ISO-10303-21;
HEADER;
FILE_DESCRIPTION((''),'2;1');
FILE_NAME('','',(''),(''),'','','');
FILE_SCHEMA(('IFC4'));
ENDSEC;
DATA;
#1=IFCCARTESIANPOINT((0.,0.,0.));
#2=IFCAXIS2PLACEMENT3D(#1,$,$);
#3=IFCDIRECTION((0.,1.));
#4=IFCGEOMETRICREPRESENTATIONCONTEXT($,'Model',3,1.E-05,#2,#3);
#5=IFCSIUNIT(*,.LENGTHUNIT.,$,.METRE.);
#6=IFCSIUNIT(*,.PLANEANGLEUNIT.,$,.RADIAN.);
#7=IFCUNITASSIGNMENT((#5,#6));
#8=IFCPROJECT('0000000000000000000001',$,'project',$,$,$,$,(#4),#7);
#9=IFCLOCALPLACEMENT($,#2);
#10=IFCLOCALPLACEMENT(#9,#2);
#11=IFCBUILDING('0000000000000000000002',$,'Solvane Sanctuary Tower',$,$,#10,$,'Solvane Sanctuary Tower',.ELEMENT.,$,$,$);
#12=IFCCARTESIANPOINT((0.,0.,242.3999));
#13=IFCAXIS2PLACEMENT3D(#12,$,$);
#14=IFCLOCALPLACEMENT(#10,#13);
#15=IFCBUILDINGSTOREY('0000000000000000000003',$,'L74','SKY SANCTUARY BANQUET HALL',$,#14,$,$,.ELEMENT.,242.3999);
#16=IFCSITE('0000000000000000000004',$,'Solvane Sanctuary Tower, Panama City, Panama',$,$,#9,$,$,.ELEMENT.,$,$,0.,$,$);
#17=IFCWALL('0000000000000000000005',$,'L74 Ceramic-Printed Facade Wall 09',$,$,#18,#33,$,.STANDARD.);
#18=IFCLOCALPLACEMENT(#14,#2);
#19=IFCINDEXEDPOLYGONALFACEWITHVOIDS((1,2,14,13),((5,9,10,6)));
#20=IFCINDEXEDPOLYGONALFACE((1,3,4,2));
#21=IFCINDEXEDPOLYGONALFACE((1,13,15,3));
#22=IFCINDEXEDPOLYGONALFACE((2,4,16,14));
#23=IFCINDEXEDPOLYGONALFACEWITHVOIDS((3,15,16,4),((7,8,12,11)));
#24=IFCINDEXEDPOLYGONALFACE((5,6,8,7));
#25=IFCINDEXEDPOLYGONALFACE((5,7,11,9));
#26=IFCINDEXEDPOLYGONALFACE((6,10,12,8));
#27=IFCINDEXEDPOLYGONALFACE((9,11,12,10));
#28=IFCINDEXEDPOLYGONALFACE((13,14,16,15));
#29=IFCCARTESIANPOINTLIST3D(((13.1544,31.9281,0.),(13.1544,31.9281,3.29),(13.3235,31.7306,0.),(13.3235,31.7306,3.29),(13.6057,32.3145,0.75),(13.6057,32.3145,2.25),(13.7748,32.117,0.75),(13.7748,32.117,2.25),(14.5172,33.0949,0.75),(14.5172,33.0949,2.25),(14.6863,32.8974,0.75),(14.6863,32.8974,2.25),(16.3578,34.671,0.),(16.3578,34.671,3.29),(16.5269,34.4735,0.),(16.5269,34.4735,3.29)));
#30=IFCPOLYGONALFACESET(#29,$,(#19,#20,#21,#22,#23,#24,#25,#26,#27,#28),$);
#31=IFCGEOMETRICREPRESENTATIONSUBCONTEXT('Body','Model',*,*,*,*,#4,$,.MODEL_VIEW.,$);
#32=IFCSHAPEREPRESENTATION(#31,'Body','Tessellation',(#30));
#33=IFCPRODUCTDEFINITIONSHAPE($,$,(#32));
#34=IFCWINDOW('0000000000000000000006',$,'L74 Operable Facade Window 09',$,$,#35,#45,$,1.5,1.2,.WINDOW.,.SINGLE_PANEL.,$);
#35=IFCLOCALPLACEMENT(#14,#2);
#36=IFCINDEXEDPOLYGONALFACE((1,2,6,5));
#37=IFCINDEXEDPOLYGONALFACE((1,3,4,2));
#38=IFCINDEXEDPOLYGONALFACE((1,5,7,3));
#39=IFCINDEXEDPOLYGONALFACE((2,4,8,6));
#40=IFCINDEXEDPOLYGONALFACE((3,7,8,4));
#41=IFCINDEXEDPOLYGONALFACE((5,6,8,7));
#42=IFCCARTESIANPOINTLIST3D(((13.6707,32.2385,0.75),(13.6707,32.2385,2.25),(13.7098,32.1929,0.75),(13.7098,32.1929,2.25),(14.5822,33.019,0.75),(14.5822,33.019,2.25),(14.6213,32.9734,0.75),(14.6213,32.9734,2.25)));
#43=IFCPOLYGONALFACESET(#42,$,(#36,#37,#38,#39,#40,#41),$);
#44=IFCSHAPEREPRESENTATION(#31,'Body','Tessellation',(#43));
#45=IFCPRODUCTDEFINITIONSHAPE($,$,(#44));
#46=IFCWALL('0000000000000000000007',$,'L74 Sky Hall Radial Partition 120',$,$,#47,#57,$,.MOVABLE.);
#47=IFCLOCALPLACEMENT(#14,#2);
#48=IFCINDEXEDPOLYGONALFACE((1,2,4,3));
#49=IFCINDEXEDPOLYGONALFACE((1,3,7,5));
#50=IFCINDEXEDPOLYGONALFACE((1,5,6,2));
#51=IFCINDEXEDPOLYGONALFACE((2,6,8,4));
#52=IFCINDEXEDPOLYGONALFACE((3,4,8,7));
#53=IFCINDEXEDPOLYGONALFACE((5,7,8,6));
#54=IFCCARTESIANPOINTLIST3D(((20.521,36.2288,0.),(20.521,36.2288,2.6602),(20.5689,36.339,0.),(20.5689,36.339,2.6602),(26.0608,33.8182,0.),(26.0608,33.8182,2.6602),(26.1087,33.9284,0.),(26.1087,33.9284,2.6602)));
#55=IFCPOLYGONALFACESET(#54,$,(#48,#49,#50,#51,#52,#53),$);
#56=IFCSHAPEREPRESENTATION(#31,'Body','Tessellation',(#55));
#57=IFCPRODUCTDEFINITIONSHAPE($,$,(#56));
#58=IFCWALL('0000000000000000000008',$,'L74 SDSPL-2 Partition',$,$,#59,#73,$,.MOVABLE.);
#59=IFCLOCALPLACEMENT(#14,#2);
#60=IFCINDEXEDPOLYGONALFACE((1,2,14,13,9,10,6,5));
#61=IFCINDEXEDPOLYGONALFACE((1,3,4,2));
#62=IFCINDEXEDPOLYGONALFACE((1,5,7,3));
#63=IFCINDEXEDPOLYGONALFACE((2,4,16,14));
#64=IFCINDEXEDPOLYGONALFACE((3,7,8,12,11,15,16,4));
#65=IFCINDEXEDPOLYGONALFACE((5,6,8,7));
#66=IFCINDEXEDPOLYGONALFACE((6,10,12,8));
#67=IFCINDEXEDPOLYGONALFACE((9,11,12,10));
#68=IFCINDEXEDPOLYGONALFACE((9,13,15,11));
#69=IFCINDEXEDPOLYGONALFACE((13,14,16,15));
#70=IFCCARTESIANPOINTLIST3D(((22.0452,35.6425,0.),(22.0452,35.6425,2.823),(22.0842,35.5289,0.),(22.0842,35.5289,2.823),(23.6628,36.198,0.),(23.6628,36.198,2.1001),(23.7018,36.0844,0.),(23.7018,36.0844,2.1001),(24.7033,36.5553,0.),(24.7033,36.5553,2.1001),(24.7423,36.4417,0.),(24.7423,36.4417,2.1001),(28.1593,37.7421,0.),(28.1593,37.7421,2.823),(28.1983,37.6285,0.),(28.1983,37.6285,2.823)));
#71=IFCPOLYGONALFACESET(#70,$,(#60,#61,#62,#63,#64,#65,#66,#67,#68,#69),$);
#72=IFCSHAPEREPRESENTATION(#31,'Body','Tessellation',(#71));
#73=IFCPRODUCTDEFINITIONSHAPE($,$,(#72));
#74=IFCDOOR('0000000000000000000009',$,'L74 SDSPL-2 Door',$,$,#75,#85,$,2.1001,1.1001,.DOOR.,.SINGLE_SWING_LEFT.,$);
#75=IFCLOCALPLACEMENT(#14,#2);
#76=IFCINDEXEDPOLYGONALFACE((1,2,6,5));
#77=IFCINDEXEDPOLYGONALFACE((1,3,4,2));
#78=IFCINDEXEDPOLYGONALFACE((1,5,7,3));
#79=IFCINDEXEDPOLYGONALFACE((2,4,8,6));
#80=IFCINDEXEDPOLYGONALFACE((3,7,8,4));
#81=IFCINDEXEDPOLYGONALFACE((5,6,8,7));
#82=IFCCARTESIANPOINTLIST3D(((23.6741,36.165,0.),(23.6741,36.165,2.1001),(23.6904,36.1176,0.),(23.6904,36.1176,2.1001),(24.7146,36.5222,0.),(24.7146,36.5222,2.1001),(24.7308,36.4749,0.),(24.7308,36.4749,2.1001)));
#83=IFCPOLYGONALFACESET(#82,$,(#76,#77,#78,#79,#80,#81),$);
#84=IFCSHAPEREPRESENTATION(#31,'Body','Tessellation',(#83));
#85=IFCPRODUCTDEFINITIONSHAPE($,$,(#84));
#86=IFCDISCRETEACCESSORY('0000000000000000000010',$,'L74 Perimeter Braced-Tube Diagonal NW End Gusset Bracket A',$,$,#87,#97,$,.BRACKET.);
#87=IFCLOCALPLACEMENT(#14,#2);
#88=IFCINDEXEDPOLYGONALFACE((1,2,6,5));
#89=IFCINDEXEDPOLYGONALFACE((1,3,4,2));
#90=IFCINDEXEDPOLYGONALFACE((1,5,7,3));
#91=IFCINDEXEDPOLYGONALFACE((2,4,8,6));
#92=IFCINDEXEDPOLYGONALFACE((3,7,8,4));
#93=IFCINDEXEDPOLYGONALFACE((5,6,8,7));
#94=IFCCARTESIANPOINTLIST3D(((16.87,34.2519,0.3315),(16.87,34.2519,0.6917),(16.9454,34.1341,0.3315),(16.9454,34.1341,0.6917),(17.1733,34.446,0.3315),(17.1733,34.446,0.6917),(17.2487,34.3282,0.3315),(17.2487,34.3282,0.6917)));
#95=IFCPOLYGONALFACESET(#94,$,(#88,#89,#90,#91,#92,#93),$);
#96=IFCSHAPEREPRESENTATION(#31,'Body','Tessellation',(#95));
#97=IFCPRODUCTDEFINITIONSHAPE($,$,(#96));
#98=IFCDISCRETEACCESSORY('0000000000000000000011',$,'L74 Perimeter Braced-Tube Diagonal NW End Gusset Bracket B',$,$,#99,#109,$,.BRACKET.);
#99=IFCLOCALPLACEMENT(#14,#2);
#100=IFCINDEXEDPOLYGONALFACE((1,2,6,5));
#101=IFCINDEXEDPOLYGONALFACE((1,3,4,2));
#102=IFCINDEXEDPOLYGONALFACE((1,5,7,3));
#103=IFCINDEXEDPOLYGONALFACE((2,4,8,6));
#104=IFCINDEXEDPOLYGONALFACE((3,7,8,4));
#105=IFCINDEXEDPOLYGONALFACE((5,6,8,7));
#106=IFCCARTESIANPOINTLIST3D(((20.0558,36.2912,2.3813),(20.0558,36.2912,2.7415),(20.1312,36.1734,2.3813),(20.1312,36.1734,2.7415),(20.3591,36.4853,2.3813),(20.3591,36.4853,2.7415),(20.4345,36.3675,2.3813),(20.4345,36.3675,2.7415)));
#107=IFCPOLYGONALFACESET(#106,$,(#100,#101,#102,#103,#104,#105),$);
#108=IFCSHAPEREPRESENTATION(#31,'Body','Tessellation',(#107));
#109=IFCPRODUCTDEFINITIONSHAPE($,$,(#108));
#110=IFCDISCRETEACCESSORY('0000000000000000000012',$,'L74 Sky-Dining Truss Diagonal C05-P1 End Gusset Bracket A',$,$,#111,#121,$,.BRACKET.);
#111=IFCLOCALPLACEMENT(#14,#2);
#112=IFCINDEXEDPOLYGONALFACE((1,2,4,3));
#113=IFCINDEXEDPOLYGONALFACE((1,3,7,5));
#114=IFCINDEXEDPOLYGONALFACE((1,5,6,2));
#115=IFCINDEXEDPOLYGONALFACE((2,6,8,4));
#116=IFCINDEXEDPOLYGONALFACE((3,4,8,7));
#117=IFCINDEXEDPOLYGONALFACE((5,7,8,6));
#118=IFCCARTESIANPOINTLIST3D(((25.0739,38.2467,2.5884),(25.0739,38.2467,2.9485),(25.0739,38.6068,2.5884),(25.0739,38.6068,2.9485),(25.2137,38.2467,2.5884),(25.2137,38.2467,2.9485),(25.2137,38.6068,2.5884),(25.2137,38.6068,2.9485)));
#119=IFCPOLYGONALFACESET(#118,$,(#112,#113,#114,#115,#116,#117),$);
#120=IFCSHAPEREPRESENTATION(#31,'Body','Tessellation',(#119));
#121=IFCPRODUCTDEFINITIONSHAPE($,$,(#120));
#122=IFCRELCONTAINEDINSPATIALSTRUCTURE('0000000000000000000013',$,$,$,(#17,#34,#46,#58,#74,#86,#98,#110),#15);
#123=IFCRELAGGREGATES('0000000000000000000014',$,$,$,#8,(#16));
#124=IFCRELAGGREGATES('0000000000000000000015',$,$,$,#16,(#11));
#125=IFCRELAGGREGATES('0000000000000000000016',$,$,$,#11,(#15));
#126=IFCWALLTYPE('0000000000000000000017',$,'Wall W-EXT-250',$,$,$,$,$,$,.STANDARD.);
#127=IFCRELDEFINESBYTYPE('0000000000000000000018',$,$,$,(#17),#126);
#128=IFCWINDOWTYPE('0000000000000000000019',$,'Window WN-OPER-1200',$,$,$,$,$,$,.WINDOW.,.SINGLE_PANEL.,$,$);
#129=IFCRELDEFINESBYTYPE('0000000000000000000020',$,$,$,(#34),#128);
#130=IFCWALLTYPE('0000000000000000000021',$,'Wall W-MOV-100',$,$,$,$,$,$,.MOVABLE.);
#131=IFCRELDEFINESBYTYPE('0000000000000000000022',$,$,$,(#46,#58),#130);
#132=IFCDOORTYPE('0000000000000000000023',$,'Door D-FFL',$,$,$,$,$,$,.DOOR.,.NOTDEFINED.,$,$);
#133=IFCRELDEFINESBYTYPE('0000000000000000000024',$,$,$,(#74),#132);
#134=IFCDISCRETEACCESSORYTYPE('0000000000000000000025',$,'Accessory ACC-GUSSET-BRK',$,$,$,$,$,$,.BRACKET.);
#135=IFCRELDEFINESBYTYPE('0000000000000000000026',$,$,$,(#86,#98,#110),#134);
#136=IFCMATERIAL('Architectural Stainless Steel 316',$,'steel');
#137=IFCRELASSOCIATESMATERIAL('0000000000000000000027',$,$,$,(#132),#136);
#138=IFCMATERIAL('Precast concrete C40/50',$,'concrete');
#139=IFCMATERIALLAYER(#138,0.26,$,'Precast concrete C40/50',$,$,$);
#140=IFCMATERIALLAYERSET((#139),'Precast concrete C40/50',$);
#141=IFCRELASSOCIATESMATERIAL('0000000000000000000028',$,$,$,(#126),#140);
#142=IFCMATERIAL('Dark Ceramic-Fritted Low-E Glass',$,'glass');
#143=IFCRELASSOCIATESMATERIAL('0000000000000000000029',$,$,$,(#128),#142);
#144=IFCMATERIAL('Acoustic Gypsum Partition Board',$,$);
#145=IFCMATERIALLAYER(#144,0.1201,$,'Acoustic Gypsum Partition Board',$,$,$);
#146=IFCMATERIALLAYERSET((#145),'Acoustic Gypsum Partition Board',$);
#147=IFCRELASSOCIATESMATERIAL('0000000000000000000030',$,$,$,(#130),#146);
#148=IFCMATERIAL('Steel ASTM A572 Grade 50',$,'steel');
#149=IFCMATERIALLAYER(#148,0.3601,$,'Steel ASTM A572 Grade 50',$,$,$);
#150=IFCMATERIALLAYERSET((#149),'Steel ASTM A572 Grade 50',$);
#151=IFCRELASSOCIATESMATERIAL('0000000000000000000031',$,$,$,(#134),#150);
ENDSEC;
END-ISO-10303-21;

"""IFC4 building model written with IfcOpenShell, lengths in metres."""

from ifc_helpers import new_model, si_unit, direction, frame, frame_2d, origin, origin_2d, place, context, subcontext, project, spatial, rectangle, extrude, material, layer, layer_set, type_object, element, fill, save


model = new_model("IFC4")

# Units and contexts
model_context = context("Model", 3, precision=1e-05, world=origin(), true_north=direction((0.0, 1.0)))
body_context = subcontext(model_context, "Body", "Model", "MODEL_VIEW")
ifc_project = project(units=[si_unit("LENGTHUNIT", "METRE"), si_unit("PLANEANGLEUNIT", "RADIAN")], contexts=[model_context])

# Site, building, storey
site_placement = place(None, origin())
site = spatial("IfcSite", under=ifc_project, at=site_placement, Name="Solvane Sanctuary Tower, Panama City, Panama", CompositionType="ELEMENT", RefElevation=0.0)
building_placement = place(site_placement, origin())
building = spatial("IfcBuilding", under=site, at=building_placement, Name="Solvane Sanctuary Tower", LongName="Solvane Sanctuary Tower", CompositionType="ELEMENT")
storey_placement = place(building_placement, frame((0.0, 0.0, 242.3999)))
storey = spatial("IfcBuildingStorey", under=building, at=storey_placement, Name="L74", Description="SKY SANCTUARY BANQUET HALL", CompositionType="ELEMENT", Elevation=242.3999)

# Shared definitions
ifc_material_1 = material(Name="Acoustic Gypsum Partition Board")

# Shared definitions
ifc_material_2 = material(Name="Architectural Stainless Steel 316", Category="steel")
door_type_1 = type_object("IfcDoorType", Name="Door D-FFL", OperationType="NOTDEFINED", PredefinedType="DOOR", material=ifc_material_2)

# Shared definitions
ifc_material_3 = material(Name="Precast concrete C40/50", Category="concrete")
ifc_layer_1 = layer(ifc_material_3, 0.26, Name="Precast concrete C40/50")
ifc_layer_set_1 = layer_set([ifc_layer_1], Name="Precast concrete C40/50")
wall_type_1 = type_object("IfcWallType", Name="Wall W-EXT-250", PredefinedType="STANDARD", material=ifc_layer_set_1)

# Wall, opening, window
wall_1_placement = place(storey_placement, frame((16.4424, 34.5723, 0.0), z_axis=(0.0, 0.0, 1.0), x_axis=(-0.759588, -0.650405, 0.0)))
wall_1 = element("IfcWall", 1, at=wall_1_placement, inside=storey, type_object=wall_type_1, Name="L74 Ceramic-Printed Facade Wall 09", PredefinedType="STANDARD", context=body_context, shape_type="SweptSolid", body=[
    extrude(rectangle(XDim=4.2173, YDim=0.26, at=frame_2d((2.1086, 0.0))), origin(), (0.0, 0.0, 1.0), 3.29),
])
opening_1_placement = place(wall_1_placement, frame((2.4231, 0.0, 0.75)))
opening_1 = element("IfcOpeningElement", 2, at=opening_1_placement, cuts=wall_1, PredefinedType="OPENING", context=body_context, shape_type="SweptSolid", body=[
    extrude(rectangle(XDim=1.2, YDim=1.5, at=frame_2d((0.6001, 0.75))), frame((0.0, 0.1399, 0.0), z_axis=(0.0, -1.0, 0.0), x_axis=(1.0, 0.0, 0.0)), (0.0, 0.0, 1.0), 0.28),
])
ifc_material_4 = material(Name="Dark Ceramic-Fritted Low-E Glass", Category="glass")
window_type = type_object("IfcWindowType", Name="Window WN-OPER-1200", PartitioningType="SINGLE_PANEL", PredefinedType="WINDOW", material=ifc_material_4)
window_placement = place(opening_1_placement, origin())
window = element("IfcWindow", 3, at=window_placement, inside=storey, type_object=window_type, Name="L74 Operable Facade Window 09", OverallHeight=1.5, OverallWidth=1.2, PartitioningType="SINGLE_PANEL", PredefinedType="WINDOW", context=body_context, shape_type="SweptSolid", body=[
    extrude(rectangle(XDim=1.2, YDim=1.5, at=frame_2d((0.6001, 0.75))), frame((0.0, 0.03, 0.0), z_axis=(0.0, -1.0, 0.0), x_axis=(1.0, 0.0, 0.0)), (0.0, 0.0, 1.0), 0.0601),
])
fill(opening_1, window)

# Wall
ifc_layer_2 = layer(ifc_material_1, 0.1201, Name="Acoustic Gypsum Partition Board")
ifc_layer_set_2 = layer_set([ifc_layer_2], Name="Acoustic Gypsum Partition Board")
wall_type_2 = type_object("IfcWallType", Name="Wall W-MOV-100", PredefinedType="MOVABLE", material=ifc_layer_set_2)
wall_2_placement = place(storey_placement, frame((26.0847, 33.8733, 0.0), z_axis=(0.0, 0.0, 1.0), x_axis=(-0.916947, 0.39901, 0.0)))
element("IfcWall", 4, at=wall_2_placement, inside=storey, type_object=wall_type_2, Name="L74 Sky Hall Radial Partition 120", PredefinedType="MOVABLE", context=body_context, shape_type="SweptSolid", body=[
    extrude(rectangle(XDim=6.0415, YDim=0.1201, at=frame_2d((3.0208, 0.0))), origin(), (0.0, 0.0, 1.0), 2.6602),
])

# Wall, opening, door
wall_3_placement = place(storey_placement, frame((28.179, 37.6853, 0.0), z_axis=(0.0, 0.0, 1.0), x_axis=(-0.94579, -0.32478, 0.0)))
wall_3 = element("IfcWall", 5, at=wall_3_placement, inside=storey, type_object=wall_type_2, Name="L74 SDSPL-2 Partition", PredefinedType="MOVABLE", context=body_context, shape_type="SweptSolid", body=[
    extrude(rectangle(XDim=6.4646, YDim=0.1201, at=frame_2d((3.2324, 0.0))), origin(), (0.0, 0.0, 1.0), 2.823),
])
opening_2_placement = place(wall_3_placement, frame((3.6543, 0.0, 0.0)))
opening_2 = element("IfcOpeningElement", 6, at=opening_2_placement, cuts=wall_3, PredefinedType="OPENING", context=body_context, shape_type="SweptSolid", body=[
    extrude(rectangle(XDim=1.1001, YDim=2.1001, at=frame_2d((0.55, 1.05))), frame((0.0, 0.0701, 0.0), z_axis=(0.0, -1.0, 0.0), x_axis=(1.0, 0.0, 0.0)), (0.0, 0.0, 1.0), 0.1401),
])
door_1_placement = place(opening_2_placement, origin())
door_1 = element("IfcDoor", 7, at=door_1_placement, inside=storey, type_object=door_type_1, Name="L74 SDSPL-2 Door", OperationType="SINGLE_SWING_LEFT", OverallHeight=2.1001, OverallWidth=1.1001, PredefinedType="DOOR", context=body_context, shape_type="SweptSolid", body=[
    extrude(rectangle(XDim=1.1001, YDim=2.1001, at=frame_2d((0.55, 1.05))), frame((0.0, 0.0249, 0.0), z_axis=(0.0, -1.0, 0.0), x_axis=(1.0, 0.0, 0.0)), (0.0, 0.0, 1.0), 0.05),
])
fill(opening_2, door_1)

# Discrete accessories
ifc_material_5 = material(Name="Steel ASTM A572 Grade 50", Category="steel")
ifc_layer_3 = layer(ifc_material_5, 0.3601, Name="Steel ASTM A572 Grade 50")
ifc_layer_set_3 = layer_set([ifc_layer_3], Name="Steel ASTM A572 Grade 50")
discrete_accessory_type = type_object("IfcDiscreteAccessoryType", Name="Accessory ACC-GUSSET-BRK", PredefinedType="BRACKET", material=ifc_layer_set_3)
for number, where, z_axis, x_axis, name in (
    (8, (17.0593, 34.29, 0.3315), (0.0, 0.0, 1.0), (0.842264, 0.539065, 0.0), "L74 Perimeter Braced-Tube Diagonal NW End Gusset Bracket A"),
    (9, (20.2451, 36.3293, 2.3813), (0.0, 0.0, 1.0), (0.842264, 0.539065, 0.0), "L74 Perimeter Braced-Tube Diagonal NW End Gusset Bracket B"),
    (10, (25.1438, 38.4268, 2.5884), (0.0, 0.0, 1.0), (0.0, 1.0, 0.0), "L74 Sky-Dining Truss Diagonal C05-P1 End Gusset Bracket A"),
):
    element("IfcDiscreteAccessory", number, at=place(storey_placement, frame(where, z_axis=z_axis, x_axis=x_axis)), inside=storey, type_object=discrete_accessory_type, Name=name, PredefinedType="BRACKET", context=body_context, shape_type="SweptSolid", body=[
        extrude(rectangle(XDim=0.3601, YDim=0.1399, at=origin_2d()), origin(), (0.0, 0.0, 1.0), 0.3601),
    ])

save(model, "model.ifc")
